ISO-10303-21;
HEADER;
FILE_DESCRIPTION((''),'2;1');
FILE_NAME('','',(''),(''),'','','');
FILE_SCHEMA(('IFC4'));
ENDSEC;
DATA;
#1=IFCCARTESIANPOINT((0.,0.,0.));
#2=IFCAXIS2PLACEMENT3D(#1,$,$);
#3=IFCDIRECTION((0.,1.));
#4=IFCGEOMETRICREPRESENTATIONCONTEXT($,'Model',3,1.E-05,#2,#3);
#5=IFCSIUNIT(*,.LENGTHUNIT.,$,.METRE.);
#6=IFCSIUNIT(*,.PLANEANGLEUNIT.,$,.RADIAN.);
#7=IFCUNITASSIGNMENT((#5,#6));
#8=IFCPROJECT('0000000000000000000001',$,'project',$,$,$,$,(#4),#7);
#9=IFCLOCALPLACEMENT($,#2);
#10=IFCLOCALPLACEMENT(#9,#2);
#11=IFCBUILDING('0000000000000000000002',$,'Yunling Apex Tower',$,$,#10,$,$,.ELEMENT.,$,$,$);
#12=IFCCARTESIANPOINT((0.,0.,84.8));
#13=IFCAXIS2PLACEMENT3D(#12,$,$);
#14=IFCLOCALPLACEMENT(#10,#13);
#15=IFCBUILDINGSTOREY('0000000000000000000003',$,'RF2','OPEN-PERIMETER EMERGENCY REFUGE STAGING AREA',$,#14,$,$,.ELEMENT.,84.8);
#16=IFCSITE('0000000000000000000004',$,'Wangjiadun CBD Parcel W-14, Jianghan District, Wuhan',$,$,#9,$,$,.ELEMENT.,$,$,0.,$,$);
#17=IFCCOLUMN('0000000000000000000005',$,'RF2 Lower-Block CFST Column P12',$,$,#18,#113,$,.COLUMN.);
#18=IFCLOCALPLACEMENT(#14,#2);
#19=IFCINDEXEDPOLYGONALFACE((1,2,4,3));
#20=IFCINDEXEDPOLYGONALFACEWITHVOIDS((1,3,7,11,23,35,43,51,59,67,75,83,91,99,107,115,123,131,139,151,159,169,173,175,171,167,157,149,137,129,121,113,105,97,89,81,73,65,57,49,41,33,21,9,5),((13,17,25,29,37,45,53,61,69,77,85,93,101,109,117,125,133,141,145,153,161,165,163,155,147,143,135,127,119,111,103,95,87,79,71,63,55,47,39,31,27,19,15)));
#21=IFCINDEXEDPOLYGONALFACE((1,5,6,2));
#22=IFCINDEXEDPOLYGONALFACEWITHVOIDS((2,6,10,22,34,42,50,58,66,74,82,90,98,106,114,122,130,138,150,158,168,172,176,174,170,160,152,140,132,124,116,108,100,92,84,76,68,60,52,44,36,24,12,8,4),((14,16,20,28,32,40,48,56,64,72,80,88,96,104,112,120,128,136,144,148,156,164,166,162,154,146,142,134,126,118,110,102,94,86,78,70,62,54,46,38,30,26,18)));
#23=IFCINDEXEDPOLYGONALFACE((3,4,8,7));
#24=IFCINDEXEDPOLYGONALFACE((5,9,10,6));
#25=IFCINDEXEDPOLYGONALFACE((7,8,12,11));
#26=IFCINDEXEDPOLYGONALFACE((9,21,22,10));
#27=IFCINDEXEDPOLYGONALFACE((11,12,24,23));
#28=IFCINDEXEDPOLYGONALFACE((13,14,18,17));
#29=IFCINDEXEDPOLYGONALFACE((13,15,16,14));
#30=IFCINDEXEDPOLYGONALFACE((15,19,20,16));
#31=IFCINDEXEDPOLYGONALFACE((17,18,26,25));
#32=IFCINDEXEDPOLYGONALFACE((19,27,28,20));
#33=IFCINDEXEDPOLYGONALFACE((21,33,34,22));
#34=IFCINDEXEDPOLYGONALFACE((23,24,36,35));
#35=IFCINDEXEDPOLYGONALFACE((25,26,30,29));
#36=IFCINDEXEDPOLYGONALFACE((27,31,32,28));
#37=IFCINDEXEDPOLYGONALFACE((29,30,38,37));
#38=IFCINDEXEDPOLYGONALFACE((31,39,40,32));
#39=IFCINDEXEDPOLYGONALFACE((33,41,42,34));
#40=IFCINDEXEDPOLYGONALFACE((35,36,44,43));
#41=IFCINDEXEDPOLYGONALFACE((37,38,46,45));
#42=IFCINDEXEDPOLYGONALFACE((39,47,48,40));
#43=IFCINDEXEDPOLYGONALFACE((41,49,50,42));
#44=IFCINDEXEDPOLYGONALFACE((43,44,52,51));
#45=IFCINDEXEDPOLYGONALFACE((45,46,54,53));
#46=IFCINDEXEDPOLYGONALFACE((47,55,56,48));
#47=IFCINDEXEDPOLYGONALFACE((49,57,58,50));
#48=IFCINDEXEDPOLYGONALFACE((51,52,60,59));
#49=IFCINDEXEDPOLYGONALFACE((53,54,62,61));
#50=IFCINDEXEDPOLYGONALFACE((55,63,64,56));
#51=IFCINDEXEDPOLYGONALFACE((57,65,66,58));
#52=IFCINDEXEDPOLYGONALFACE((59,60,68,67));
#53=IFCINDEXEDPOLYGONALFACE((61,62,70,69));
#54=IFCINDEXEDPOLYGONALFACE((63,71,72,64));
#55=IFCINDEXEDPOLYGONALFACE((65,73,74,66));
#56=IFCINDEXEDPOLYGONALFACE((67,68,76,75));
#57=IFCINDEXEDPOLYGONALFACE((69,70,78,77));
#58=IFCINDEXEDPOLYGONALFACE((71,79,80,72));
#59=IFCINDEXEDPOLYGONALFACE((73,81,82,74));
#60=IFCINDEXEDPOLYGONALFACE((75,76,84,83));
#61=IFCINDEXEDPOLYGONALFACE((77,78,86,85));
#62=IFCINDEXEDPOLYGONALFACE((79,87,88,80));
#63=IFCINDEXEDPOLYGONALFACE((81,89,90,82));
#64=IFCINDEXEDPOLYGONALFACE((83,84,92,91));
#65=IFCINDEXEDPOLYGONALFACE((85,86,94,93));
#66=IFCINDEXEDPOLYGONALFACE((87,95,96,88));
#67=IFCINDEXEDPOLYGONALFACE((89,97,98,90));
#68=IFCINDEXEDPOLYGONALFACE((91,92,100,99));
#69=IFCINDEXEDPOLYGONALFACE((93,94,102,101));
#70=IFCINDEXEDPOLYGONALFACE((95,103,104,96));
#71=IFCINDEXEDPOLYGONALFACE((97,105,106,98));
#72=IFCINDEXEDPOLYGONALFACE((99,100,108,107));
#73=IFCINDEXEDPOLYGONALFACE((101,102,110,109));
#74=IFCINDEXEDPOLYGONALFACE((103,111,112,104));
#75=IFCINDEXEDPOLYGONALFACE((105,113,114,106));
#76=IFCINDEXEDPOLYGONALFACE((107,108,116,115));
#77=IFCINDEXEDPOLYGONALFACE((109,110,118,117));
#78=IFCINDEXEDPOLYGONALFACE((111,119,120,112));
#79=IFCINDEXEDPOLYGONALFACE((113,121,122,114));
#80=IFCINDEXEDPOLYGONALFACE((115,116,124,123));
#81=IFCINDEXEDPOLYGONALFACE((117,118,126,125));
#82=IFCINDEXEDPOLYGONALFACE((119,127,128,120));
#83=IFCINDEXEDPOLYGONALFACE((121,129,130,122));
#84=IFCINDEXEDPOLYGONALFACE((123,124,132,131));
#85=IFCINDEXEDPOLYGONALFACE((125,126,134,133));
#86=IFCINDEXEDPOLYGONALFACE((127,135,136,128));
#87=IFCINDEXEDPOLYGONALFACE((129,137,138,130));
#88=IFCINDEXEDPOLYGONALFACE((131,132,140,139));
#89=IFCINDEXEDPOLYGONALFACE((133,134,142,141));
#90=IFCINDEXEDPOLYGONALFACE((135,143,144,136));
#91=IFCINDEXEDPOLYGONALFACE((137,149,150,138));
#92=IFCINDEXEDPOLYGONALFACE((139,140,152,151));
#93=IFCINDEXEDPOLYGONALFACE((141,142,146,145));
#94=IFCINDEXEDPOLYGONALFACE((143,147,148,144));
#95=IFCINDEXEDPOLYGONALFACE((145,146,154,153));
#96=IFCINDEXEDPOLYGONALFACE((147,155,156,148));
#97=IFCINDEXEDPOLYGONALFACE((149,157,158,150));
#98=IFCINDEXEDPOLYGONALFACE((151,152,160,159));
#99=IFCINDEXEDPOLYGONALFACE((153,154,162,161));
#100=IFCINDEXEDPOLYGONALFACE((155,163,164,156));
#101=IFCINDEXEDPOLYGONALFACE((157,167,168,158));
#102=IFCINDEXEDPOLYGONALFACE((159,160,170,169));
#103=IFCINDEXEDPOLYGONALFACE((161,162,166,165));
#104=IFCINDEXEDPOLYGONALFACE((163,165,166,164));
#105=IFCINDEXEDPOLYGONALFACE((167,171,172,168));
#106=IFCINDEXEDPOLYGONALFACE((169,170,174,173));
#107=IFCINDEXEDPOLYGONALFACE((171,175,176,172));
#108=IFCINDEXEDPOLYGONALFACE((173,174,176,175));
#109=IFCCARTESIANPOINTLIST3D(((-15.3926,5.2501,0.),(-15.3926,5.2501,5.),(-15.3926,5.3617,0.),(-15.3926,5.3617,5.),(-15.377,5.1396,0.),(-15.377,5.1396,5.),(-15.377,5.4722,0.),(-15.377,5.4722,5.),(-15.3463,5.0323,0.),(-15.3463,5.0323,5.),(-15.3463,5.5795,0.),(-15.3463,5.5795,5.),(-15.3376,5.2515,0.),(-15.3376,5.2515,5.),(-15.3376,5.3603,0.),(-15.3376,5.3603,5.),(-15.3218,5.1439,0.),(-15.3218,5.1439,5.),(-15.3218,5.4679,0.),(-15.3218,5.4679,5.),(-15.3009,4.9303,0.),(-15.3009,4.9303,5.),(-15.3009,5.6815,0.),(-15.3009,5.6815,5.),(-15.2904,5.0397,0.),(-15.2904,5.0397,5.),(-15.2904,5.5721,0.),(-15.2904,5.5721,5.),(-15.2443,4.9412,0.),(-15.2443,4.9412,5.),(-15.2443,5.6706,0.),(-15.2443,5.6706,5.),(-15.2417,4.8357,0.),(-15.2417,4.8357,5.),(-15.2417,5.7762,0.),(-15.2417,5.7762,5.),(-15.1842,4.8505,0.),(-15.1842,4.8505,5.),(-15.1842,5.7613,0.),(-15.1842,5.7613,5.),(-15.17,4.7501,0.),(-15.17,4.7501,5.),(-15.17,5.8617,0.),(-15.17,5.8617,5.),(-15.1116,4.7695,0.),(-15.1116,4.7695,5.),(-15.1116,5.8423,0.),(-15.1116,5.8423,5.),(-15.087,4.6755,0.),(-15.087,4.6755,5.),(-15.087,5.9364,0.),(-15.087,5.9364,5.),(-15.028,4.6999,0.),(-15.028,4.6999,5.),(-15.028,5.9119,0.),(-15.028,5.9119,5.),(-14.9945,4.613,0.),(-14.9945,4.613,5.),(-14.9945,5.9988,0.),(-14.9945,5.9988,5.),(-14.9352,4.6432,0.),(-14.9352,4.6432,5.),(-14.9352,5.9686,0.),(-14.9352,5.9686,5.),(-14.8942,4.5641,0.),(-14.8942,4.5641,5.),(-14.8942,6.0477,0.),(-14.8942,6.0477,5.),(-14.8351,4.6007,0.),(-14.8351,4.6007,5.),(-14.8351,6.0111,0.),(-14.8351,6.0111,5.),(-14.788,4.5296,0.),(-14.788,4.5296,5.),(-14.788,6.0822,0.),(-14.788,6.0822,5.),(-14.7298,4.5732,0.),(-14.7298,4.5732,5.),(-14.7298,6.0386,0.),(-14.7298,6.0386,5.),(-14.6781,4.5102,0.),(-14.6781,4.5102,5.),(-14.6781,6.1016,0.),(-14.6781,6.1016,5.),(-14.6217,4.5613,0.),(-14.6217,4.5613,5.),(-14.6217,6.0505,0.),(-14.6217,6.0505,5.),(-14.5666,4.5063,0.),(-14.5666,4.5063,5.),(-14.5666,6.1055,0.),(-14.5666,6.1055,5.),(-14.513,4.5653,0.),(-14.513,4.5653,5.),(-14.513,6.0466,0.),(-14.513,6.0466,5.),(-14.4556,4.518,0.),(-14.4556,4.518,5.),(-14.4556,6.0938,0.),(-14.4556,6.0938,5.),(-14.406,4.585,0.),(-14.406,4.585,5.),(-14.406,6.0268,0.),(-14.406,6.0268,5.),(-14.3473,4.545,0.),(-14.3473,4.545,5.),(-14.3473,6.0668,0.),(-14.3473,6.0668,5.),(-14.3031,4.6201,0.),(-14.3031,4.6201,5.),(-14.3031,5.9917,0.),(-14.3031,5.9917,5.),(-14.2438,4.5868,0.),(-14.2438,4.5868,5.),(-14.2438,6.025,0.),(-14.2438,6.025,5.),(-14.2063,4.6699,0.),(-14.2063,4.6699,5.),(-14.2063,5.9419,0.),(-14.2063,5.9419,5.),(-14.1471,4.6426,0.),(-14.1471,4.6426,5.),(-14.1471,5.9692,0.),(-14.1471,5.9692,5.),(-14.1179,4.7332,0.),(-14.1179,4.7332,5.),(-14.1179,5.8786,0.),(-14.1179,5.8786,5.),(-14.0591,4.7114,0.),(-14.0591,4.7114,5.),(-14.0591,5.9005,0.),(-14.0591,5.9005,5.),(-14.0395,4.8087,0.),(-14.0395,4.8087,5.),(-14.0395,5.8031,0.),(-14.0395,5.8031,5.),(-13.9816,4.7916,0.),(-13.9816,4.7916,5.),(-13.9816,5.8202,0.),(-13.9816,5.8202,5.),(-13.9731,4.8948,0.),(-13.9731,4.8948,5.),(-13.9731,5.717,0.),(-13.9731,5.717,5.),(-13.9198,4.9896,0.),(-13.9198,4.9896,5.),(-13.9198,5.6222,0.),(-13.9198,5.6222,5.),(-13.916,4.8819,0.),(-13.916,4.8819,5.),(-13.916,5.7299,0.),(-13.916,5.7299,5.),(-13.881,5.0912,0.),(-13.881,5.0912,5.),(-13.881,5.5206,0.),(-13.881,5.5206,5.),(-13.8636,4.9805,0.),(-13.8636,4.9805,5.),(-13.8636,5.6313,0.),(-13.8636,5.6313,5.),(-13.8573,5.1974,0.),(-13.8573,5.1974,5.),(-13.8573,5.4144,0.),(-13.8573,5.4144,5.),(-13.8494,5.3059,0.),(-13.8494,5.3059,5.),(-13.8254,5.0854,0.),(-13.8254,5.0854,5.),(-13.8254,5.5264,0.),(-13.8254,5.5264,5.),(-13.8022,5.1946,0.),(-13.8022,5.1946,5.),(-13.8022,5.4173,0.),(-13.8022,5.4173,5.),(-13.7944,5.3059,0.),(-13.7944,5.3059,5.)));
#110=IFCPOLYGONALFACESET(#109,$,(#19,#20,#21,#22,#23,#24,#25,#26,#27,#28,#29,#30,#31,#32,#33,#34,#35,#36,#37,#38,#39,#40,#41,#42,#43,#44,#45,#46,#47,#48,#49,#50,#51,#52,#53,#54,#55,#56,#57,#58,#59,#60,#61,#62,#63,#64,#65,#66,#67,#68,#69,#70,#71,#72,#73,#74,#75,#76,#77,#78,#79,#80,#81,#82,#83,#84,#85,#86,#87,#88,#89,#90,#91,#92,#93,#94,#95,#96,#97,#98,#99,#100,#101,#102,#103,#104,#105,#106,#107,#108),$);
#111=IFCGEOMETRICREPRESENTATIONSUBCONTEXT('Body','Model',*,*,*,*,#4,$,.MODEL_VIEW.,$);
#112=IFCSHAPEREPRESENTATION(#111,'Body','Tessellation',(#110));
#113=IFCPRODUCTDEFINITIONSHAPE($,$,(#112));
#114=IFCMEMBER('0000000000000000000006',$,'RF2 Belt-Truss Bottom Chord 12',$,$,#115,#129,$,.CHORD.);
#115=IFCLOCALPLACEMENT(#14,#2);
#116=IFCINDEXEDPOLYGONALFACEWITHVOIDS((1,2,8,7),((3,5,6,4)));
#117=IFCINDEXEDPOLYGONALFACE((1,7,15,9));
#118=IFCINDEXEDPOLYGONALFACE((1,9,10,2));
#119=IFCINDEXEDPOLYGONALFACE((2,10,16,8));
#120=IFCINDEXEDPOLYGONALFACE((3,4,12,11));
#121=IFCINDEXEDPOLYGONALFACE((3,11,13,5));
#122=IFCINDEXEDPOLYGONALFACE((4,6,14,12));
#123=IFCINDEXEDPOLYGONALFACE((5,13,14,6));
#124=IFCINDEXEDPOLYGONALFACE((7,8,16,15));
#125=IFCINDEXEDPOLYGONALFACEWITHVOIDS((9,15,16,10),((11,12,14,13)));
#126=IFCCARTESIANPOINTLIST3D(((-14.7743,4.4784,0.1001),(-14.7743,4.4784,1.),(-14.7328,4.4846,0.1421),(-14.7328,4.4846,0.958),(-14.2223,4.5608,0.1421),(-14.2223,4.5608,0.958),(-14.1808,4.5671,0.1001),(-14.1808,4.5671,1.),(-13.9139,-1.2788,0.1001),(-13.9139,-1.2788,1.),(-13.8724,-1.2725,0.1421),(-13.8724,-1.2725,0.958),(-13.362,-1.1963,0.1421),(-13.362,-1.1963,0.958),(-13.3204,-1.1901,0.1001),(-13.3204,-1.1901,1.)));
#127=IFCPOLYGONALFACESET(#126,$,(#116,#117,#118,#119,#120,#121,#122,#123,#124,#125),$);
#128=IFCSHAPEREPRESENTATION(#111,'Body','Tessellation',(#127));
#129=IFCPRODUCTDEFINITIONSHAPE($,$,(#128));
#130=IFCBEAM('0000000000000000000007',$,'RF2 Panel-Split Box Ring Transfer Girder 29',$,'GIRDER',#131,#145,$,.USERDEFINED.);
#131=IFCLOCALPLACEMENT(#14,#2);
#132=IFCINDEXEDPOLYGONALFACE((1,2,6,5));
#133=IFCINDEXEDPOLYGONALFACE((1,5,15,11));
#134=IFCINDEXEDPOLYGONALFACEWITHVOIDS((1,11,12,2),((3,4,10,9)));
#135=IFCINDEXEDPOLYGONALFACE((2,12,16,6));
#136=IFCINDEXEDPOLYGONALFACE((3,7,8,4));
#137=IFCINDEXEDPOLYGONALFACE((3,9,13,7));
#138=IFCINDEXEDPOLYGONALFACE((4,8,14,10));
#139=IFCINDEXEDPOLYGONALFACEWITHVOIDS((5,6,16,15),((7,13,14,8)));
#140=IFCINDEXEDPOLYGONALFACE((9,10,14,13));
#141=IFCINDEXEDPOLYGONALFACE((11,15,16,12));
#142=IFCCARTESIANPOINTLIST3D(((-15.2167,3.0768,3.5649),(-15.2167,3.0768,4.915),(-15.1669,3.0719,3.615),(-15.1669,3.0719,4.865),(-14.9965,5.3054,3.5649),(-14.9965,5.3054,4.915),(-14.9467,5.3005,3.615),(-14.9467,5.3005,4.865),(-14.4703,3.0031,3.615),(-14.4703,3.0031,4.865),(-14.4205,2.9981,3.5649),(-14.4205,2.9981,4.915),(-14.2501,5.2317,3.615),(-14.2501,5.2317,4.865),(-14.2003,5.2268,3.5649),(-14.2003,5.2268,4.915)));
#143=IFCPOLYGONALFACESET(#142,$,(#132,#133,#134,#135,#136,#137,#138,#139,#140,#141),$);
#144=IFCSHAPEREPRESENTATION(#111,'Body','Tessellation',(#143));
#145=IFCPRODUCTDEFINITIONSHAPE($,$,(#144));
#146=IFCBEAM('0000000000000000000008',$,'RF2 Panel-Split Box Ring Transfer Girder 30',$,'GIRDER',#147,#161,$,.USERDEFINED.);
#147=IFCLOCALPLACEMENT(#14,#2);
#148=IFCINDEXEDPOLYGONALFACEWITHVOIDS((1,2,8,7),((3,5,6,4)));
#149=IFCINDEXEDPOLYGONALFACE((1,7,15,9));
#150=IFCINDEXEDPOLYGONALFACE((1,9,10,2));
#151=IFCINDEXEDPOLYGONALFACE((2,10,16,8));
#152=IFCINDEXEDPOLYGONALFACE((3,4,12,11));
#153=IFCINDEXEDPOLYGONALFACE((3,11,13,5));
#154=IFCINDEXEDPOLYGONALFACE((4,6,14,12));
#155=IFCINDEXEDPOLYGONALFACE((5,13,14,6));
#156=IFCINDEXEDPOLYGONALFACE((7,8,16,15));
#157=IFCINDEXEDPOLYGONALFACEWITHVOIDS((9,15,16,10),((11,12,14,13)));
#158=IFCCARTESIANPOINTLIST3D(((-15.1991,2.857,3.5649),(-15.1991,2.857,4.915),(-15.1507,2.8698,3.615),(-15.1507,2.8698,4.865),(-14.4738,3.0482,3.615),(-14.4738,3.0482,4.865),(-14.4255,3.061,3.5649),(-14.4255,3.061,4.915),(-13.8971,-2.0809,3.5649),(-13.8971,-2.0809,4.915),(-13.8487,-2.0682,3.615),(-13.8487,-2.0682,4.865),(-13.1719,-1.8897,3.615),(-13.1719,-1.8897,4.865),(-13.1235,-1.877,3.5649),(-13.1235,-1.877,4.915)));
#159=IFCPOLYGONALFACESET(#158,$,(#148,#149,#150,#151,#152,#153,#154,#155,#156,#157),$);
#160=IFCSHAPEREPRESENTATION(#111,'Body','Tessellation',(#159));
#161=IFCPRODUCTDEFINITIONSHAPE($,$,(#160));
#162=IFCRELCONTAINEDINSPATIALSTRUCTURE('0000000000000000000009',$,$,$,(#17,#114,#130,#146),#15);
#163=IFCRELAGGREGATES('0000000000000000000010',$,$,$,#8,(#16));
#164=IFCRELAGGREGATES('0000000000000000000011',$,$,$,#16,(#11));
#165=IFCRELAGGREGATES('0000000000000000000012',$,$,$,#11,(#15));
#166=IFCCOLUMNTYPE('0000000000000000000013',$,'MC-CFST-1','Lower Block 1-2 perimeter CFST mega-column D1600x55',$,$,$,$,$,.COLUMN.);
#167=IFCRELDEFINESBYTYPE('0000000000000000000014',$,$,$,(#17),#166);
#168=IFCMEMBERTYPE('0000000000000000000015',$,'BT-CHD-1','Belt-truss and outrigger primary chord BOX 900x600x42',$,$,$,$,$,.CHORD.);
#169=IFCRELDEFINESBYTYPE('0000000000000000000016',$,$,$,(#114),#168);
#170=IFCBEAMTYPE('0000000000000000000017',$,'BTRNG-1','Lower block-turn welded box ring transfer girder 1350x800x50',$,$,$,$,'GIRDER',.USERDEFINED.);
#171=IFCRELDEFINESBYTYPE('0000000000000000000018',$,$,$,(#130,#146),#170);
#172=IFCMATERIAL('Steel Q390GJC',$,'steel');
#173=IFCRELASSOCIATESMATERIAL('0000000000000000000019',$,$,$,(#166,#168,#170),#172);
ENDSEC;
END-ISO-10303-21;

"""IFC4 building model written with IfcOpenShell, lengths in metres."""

from ifc_helpers import new_model, si_unit, direction, frame, origin, origin_2d, place, context, subcontext, project, spatial, hollow_rectangle, hollow_circle, extrude, source, transform, mapped, material, material_profile, profile_set, type_object, element, save


model = new_model("IFC4")

# Units and contexts
model_context = context("Model", 3, precision=1e-05, world=origin(), true_north=direction((0.0, 1.0)))
body_context = subcontext(model_context, "Body", "Model", "MODEL_VIEW")
ifc_project = project(units=[si_unit("LENGTHUNIT", "METRE"), si_unit("PLANEANGLEUNIT", "RADIAN")], contexts=[model_context])

# Site, building, storey
site_placement = place(None, origin())
site = spatial("IfcSite", under=ifc_project, at=site_placement, Name="Wangjiadun CBD Parcel W-14, Jianghan District, Wuhan", CompositionType="ELEMENT", RefElevation=0.0)
building_placement = place(site_placement, origin())
building = spatial("IfcBuilding", under=site, at=building_placement, Name="Yunling Apex Tower", CompositionType="ELEMENT")
storey_placement = place(building_placement, frame((0.0, 0.0, 84.8)))
storey = spatial("IfcBuildingStorey", under=building, at=storey_placement, Name="RF2", Description="OPEN-PERIMETER EMERGENCY REFUGE STAGING AREA", CompositionType="ELEMENT", Elevation=84.8)

# Column
ifc_material_1 = material(Name="Steel Q390GJC", Category="steel")
ifc_material_profile_1 = material_profile(ifc_material_1, hollow_circle(Radius=0.8, WallThickness=0.0549, at=origin_2d()))
ifc_profile_set_1 = profile_set([ifc_material_profile_1], Name="Steel Q390GJC")
column_type = type_object("IfcColumnType", Name="MC-CFST-1", Description="Lower Block 1-2 perimeter CFST mega-column D1600x55", PredefinedType="COLUMN", material=ifc_profile_set_1)
shared_shape_1 = source(origin(), body_context, "Body", "SweptSolid", [
    extrude(hollow_circle(Radius=0.8, WallThickness=0.0549, at=origin_2d()), origin(), (0.0, 0.0, 1.0), 5.0),
])
column_placement = place(storey_placement, frame((-14.5945, 5.3059, 0.0), z_axis=(0.0, 0.0, 1.0), x_axis=(1.0, 0.0, 0.0)))
element("IfcColumn", 1, at=column_placement, inside=storey, type_object=column_type, Name="RF2 Lower-Block CFST Column P12", PredefinedType="COLUMN", context=body_context, shape_type="MappedRepresentation", body=[
    mapped(shared_shape_1, transform((0.0, 0.0, 0.0), scale=1.0)),
])

# Member
ifc_material_profile_2 = material_profile(ifc_material_1, hollow_rectangle(XDim=0.6001, YDim=0.8999, WallThickness=0.042, at=origin_2d()))
ifc_profile_set_2 = profile_set([ifc_material_profile_2], Name="Steel Q390GJC")
member_type_1 = type_object("IfcMemberType", Name="BT-CHD-1", Description="Belt-truss and outrigger primary chord BOX 900x600x42", PredefinedType="CHORD", material=ifc_profile_set_2)
shared_shape_2 = source(origin(), body_context, "Body", "SweptSolid", [
    extrude(hollow_rectangle(XDim=0.6001, YDim=0.8999, WallThickness=0.042, at=origin_2d()), origin(), (0.0, 0.0, 1.0), 5.821),
])
member_1_placement = place(storey_placement, frame((-14.4775, 4.5227, 0.55), z_axis=(0.147801, -0.989017, 0.0), x_axis=(0.989017, 0.147801, 0.0)))
element("IfcMember", 2, at=member_1_placement, inside=storey, type_object=member_type_1, Name="RF2 Belt-Truss Bottom Chord 12", PredefinedType="CHORD", context=body_context, shape_type="MappedRepresentation", body=[
    mapped(shared_shape_2, transform((0.0, 0.0, 0.0), scale=1.0)),
])

# Beams
ifc_material_profile_3 = material_profile(ifc_material_1, hollow_rectangle(XDim=0.8, YDim=1.3501, WallThickness=0.05, at=origin_2d()))
ifc_profile_set_3 = profile_set([ifc_material_profile_3], Name="Steel Q390GJC")
beam_type = type_object("IfcBeamType", Name="BTRNG-1", Description="Lower block-turn welded box ring transfer girder 1350x800x50", ElementType="GIRDER", PredefinedType="USERDEFINED", material=ifc_profile_set_3)
shared_shape_3 = source(origin(), body_context, "Body", "SweptSolid", [
    extrude(hollow_rectangle(XDim=0.8, YDim=1.3501, WallThickness=0.05, at=origin_2d()), origin(), (0.0, 0.0, 1.0), 2.2395),
])
beam_1_placement = place(storey_placement, frame((-14.5984, 5.2661, 4.24), z_axis=(-0.098327, -0.995154, 0.0), x_axis=(0.995154, -0.098327, 0.0)))
element("IfcBeam", 3, at=beam_1_placement, inside=storey, type_object=beam_type, Name="RF2 Panel-Split Box Ring Transfer Girder 29", ObjectType="GIRDER", PredefinedType="USERDEFINED", context=body_context, shape_type="MappedRepresentation", body=[
    mapped(shared_shape_3, transform((0.0, 0.0, 0.0), scale=1.0)),
])
shared_shape_4 = source(origin(), body_context, "Body", "SweptSolid", [
    extrude(hollow_rectangle(XDim=0.8, YDim=1.3501, WallThickness=0.05, at=origin_2d()), origin(), (0.0, 0.0, 1.0), 5.1067),
])
beam_2_placement = place(storey_placement, frame((-14.8123, 2.959, 4.24), z_axis=(0.254957, -0.966952, 0.0), x_axis=(0.966952, 0.254957, 0.0)))
element("IfcBeam", 4, at=beam_2_placement, inside=storey, type_object=beam_type, Name="RF2 Panel-Split Box Ring Transfer Girder 30", ObjectType="GIRDER", PredefinedType="USERDEFINED", context=body_context, shape_type="MappedRepresentation", body=[
    mapped(shared_shape_4, transform((0.0, 0.0, 0.0), scale=1.0)),
])

save(model, "model.ifc")
